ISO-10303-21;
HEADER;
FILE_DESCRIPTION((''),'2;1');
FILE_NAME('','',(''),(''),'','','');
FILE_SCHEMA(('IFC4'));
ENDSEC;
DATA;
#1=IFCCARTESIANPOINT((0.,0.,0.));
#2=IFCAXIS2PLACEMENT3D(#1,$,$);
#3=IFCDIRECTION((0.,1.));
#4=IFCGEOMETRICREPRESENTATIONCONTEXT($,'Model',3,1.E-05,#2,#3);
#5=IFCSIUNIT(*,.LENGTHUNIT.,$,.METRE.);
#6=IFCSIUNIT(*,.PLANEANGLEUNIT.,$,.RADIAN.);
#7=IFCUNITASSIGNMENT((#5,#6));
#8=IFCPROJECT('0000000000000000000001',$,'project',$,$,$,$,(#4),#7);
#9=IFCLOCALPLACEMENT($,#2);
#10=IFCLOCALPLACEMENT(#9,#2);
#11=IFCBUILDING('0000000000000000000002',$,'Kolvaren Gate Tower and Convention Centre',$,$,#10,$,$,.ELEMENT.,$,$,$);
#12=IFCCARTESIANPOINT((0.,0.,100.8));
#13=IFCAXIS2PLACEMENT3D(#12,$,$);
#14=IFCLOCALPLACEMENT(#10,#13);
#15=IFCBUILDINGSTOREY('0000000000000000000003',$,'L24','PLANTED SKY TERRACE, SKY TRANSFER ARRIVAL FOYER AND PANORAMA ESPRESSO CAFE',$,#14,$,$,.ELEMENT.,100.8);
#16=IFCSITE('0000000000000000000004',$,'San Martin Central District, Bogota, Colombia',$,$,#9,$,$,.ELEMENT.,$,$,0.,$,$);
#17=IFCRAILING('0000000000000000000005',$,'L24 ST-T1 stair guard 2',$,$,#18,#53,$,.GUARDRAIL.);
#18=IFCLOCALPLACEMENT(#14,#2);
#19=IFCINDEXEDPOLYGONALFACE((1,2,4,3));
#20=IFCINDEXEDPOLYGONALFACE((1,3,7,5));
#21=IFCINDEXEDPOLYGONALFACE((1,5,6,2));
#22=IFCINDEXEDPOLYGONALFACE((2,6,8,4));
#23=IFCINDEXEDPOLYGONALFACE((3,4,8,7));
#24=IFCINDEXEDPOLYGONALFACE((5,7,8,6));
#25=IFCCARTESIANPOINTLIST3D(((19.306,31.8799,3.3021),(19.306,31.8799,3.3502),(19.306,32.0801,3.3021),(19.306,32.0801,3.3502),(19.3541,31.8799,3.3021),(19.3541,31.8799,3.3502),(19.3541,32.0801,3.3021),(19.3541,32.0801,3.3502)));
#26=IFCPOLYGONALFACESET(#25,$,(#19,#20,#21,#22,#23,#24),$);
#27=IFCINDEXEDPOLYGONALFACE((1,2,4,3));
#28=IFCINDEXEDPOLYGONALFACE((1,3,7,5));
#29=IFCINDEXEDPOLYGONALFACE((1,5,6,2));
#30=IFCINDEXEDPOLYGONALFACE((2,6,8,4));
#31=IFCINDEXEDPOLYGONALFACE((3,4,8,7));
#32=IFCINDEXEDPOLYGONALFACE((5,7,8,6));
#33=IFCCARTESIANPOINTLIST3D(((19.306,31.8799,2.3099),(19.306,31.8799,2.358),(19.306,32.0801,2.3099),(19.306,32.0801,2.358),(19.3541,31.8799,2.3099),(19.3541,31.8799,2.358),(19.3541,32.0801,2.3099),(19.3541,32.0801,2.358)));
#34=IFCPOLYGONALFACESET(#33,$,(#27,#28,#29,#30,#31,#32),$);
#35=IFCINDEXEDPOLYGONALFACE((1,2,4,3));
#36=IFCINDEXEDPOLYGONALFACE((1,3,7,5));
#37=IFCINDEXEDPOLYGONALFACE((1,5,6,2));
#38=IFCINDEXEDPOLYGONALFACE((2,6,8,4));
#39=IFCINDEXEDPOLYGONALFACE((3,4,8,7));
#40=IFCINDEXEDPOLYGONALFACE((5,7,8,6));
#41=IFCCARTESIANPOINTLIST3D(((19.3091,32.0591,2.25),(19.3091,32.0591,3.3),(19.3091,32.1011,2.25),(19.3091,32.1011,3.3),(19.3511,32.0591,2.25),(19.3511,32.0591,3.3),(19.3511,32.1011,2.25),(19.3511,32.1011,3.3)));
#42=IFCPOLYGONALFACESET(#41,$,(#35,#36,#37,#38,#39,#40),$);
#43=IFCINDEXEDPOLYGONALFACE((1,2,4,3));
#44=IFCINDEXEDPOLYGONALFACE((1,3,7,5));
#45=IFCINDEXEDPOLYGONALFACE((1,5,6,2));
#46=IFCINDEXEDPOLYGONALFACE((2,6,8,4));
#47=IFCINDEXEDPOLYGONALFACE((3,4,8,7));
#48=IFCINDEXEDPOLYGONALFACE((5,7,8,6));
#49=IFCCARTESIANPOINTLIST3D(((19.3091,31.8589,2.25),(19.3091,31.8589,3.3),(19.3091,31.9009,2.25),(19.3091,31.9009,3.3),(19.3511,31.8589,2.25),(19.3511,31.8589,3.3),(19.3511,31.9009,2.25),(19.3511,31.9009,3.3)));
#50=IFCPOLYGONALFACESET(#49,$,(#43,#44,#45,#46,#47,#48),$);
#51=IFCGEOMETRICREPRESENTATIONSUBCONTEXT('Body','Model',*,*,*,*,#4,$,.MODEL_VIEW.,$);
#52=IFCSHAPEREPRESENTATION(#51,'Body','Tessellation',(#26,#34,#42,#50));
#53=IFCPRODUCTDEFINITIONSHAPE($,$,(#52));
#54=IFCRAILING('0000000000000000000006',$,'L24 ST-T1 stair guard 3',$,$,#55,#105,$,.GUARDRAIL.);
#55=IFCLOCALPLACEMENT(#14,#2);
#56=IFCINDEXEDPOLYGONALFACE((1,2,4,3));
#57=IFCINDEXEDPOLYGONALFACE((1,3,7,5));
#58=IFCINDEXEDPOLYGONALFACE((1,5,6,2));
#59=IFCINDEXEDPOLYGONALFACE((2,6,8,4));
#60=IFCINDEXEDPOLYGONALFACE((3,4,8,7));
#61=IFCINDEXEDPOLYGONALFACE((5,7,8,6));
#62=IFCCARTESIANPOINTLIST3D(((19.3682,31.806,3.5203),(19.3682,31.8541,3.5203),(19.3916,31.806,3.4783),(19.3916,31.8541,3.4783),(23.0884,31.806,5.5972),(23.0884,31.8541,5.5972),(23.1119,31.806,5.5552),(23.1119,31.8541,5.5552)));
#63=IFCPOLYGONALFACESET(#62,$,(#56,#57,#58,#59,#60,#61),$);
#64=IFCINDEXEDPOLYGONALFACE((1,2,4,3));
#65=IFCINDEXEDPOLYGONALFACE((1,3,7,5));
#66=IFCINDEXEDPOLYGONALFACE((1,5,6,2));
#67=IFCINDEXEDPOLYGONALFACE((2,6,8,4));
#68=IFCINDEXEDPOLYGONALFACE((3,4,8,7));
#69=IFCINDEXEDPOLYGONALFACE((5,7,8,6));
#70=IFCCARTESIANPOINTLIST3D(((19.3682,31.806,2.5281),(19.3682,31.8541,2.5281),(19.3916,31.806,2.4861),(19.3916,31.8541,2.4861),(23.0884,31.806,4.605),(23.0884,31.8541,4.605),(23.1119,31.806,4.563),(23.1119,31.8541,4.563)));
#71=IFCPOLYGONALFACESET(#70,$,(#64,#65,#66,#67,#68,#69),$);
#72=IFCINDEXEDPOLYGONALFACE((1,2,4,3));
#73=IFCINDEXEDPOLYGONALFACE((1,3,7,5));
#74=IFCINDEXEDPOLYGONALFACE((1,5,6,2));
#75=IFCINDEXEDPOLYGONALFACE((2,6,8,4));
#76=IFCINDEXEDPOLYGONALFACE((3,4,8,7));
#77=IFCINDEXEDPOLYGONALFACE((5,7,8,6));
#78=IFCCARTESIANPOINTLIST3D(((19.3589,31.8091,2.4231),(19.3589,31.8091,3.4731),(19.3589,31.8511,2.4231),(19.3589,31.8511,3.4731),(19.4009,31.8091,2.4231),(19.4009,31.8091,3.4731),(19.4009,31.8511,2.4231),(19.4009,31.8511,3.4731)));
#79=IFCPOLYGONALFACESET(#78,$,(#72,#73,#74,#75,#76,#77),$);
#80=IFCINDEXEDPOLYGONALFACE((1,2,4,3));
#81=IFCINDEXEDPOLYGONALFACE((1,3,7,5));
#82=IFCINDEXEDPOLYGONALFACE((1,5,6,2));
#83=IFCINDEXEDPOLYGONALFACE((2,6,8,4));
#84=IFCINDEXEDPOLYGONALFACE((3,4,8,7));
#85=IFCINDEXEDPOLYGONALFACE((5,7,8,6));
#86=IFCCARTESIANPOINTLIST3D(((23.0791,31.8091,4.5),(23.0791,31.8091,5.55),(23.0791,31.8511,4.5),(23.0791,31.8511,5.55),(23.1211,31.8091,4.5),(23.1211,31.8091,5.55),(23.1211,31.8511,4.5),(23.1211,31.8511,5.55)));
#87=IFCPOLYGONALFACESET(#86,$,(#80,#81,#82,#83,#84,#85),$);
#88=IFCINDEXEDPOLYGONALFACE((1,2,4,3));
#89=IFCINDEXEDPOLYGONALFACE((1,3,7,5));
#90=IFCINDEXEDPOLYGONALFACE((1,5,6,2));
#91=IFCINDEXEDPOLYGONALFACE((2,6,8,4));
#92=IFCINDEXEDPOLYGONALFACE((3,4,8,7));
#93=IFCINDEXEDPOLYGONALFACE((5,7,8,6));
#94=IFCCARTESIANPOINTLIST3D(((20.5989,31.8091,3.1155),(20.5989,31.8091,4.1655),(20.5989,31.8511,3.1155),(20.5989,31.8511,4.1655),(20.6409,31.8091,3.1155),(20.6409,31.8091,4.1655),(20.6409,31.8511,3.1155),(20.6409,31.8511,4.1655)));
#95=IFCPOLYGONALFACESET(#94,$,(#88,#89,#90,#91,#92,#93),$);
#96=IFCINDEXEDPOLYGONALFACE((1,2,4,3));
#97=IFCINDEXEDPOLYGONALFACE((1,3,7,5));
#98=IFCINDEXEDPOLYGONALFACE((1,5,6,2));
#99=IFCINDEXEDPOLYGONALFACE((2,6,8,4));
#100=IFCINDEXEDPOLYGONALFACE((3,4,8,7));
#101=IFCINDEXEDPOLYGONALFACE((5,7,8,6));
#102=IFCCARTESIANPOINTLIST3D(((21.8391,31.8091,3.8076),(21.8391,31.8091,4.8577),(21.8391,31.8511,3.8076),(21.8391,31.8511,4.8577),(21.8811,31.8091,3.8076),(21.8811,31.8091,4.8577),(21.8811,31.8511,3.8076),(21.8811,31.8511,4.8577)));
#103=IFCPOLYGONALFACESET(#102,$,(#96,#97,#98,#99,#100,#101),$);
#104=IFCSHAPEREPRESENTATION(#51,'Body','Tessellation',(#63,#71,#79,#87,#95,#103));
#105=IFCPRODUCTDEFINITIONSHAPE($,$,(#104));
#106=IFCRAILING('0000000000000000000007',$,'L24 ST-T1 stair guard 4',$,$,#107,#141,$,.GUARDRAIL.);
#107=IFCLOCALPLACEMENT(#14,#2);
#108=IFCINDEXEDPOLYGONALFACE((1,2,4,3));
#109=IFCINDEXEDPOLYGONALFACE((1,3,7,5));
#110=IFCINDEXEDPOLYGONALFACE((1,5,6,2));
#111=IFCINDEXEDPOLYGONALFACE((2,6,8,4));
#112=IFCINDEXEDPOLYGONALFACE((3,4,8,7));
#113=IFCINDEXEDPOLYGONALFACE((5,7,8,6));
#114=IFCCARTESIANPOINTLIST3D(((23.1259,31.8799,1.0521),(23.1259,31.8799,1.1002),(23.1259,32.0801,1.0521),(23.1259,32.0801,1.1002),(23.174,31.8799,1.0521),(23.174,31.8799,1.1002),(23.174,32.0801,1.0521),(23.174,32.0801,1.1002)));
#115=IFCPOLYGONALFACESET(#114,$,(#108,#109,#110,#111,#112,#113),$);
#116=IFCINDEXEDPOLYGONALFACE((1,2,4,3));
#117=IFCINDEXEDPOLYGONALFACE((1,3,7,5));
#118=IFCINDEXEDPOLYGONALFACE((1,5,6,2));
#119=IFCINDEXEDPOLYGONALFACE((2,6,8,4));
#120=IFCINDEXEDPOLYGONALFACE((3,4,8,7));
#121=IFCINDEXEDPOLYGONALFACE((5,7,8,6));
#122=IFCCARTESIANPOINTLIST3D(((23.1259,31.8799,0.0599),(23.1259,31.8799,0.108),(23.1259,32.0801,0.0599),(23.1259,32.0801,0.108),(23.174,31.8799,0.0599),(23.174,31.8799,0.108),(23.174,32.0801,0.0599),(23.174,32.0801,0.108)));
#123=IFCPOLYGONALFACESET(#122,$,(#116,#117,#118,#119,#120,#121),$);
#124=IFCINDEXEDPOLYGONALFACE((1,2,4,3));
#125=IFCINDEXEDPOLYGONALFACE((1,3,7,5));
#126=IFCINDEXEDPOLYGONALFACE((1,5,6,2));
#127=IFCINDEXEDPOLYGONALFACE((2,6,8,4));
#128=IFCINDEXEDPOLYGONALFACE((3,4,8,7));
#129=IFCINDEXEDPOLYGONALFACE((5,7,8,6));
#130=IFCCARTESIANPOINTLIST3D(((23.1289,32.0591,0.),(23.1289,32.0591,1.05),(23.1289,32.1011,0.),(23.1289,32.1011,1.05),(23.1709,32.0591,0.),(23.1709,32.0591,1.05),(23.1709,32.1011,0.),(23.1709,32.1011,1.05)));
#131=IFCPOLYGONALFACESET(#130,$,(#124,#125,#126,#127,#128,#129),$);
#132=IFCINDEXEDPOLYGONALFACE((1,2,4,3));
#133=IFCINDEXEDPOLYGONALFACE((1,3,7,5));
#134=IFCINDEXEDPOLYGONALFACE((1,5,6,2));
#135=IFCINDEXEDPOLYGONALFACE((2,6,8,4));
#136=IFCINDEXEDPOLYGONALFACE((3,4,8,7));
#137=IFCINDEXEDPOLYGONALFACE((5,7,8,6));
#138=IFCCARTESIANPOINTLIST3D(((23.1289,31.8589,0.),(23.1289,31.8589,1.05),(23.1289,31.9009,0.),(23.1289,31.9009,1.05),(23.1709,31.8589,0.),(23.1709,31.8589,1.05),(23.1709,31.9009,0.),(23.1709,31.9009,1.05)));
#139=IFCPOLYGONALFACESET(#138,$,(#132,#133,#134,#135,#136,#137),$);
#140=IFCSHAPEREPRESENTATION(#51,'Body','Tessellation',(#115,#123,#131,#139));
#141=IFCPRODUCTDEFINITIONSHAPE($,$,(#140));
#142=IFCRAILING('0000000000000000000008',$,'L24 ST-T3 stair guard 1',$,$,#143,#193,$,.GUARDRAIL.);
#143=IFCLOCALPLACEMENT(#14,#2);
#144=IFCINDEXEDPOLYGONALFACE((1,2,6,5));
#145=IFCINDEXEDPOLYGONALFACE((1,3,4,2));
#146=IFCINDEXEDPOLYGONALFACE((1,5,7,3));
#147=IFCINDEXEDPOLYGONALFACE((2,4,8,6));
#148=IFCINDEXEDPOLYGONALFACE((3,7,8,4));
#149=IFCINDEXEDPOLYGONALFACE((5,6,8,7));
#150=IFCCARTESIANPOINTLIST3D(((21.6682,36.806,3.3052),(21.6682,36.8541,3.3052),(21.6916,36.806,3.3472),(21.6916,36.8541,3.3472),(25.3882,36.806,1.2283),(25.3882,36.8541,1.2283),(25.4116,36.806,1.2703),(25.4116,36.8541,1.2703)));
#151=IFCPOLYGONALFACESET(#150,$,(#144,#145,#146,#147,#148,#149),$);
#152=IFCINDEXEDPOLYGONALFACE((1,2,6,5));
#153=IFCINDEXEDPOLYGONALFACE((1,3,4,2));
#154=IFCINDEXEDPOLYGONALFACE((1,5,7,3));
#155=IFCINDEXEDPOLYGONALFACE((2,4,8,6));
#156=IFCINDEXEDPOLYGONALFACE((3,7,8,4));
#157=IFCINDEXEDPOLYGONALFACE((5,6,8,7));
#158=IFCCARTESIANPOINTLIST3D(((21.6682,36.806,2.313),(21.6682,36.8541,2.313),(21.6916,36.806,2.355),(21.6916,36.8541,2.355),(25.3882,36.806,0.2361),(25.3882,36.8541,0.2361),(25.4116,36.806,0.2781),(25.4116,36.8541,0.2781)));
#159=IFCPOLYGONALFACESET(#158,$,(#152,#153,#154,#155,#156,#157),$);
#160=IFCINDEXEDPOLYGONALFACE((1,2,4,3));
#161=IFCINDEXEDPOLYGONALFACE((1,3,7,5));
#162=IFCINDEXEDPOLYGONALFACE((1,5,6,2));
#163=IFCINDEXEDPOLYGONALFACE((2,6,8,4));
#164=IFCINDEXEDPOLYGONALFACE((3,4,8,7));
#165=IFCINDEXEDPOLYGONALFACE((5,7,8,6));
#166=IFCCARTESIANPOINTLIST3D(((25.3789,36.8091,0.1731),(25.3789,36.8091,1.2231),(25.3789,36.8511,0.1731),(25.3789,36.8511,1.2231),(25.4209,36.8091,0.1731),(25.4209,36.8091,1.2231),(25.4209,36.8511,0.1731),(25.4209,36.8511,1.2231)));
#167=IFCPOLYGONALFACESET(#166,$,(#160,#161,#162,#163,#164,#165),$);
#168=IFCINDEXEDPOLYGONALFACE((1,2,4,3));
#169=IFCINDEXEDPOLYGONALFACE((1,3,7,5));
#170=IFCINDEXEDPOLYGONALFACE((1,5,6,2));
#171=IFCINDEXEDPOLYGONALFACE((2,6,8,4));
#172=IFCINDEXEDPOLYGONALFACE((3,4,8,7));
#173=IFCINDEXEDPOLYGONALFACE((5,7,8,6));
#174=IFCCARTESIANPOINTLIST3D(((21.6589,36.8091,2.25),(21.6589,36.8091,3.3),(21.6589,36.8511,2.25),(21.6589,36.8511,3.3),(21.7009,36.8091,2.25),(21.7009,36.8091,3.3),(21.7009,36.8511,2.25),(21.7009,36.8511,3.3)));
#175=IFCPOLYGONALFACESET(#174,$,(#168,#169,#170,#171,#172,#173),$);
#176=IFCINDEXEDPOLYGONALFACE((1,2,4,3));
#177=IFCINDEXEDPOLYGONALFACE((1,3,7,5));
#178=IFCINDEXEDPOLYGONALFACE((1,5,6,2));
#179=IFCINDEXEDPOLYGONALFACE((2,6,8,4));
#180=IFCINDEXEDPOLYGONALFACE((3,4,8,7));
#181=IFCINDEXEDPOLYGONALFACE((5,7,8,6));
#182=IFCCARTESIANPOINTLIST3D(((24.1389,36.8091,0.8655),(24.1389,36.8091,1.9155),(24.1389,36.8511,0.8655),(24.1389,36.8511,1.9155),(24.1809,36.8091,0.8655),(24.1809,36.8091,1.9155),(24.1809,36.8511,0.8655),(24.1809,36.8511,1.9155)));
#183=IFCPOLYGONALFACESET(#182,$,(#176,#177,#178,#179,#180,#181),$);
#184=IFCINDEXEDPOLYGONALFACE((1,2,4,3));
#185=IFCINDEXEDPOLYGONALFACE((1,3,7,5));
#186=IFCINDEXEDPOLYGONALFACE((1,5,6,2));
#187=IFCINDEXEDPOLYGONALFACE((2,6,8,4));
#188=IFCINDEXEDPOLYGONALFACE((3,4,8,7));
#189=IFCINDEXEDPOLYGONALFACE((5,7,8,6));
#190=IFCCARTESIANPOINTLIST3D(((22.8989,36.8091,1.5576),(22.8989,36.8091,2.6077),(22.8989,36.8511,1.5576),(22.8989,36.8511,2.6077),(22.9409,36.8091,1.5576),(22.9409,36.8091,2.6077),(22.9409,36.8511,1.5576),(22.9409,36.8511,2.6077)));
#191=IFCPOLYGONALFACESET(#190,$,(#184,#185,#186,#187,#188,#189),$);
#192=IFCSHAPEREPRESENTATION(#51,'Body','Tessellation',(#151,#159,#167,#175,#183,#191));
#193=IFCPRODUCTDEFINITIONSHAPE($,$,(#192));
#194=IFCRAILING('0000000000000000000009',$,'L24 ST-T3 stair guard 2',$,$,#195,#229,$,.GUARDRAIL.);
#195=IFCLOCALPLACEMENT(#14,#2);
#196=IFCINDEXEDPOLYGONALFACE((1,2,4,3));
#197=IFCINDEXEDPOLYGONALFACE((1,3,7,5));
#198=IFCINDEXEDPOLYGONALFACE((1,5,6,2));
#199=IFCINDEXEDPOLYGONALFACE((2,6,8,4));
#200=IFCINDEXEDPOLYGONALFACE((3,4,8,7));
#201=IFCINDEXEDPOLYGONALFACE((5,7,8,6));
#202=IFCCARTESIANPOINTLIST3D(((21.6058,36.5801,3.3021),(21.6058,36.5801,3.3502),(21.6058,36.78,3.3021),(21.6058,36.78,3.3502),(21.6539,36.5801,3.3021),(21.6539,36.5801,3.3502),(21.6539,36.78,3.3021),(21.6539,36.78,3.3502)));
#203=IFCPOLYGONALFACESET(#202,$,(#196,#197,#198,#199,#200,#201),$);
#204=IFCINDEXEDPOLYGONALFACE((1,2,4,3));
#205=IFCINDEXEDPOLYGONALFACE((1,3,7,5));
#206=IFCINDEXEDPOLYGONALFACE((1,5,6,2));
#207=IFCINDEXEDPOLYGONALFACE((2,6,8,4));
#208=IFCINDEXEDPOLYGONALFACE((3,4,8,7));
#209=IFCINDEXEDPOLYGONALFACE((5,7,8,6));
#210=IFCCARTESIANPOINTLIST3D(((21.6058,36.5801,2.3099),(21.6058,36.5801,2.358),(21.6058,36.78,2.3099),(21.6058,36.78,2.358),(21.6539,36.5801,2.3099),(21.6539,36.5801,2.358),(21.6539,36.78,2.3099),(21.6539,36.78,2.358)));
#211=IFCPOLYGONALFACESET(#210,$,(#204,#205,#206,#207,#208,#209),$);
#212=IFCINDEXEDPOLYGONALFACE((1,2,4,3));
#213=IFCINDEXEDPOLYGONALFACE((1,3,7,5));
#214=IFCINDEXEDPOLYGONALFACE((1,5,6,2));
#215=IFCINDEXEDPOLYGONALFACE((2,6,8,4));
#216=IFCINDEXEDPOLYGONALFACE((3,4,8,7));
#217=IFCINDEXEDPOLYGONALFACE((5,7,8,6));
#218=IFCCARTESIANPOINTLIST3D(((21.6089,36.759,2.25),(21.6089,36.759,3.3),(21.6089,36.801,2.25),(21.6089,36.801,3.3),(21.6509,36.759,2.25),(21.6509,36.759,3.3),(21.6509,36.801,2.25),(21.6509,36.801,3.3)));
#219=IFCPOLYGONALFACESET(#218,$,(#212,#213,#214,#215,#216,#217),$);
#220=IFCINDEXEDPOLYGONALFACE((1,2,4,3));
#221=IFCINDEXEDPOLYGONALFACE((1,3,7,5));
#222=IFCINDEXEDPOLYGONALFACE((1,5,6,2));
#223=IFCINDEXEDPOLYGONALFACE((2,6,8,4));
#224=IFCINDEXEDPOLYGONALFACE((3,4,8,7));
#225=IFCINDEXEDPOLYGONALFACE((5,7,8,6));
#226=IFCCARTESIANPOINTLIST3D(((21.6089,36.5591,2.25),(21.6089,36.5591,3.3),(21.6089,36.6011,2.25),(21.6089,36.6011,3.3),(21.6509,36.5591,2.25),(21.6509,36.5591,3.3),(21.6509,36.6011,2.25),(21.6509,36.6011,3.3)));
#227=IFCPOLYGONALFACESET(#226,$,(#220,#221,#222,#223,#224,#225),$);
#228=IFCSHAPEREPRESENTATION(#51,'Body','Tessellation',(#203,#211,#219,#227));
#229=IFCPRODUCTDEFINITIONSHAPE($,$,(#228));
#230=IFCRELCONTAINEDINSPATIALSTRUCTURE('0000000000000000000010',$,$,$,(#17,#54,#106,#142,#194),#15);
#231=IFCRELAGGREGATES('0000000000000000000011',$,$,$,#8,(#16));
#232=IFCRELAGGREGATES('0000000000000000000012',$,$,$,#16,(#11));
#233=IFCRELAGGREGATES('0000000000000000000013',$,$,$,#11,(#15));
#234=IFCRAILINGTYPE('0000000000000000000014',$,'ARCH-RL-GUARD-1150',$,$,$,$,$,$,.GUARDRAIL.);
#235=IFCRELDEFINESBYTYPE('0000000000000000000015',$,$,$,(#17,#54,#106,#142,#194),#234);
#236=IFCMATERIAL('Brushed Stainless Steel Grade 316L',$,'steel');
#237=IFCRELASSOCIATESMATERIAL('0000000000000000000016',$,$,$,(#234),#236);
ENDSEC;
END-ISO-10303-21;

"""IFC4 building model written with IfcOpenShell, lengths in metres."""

from ifc_helpers import new_model, si_unit, direction, frame, origin, origin_2d, place, context, subcontext, project, spatial, rectangle, extrude, material, type_object, element, save


model = new_model("IFC4")

# Units and contexts
model_context = context("Model", 3, precision=1e-05, world=origin(), true_north=direction((0.0, 1.0)))
body_context = subcontext(model_context, "Body", "Model", "MODEL_VIEW")
ifc_project = project(units=[si_unit("LENGTHUNIT", "METRE"), si_unit("PLANEANGLEUNIT", "RADIAN")], contexts=[model_context])

# Site, building, storey
site_placement = place(None, origin())
site = spatial("IfcSite", under=ifc_project, at=site_placement, Name="San Martin Central District, Bogota, Colombia", CompositionType="ELEMENT", RefElevation=0.0)
building_placement = place(site_placement, origin())
building = spatial("IfcBuilding", under=site, at=building_placement, Name="Kolvaren Gate Tower and Convention Centre", CompositionType="ELEMENT")
storey_placement = place(building_placement, frame((0.0, 0.0, 100.8)))
storey = spatial("IfcBuildingStorey", under=building, at=storey_placement, Name="L24", Description="PLANTED SKY TERRACE, SKY TRANSFER ARRIVAL FOYER AND PANORAMA ESPRESSO CAFE", CompositionType="ELEMENT", Elevation=100.8)

# Railings
ifc_material_1 = material(Name="Brushed Stainless Steel Grade 316L", Category="steel")
railing_type_1 = type_object("IfcRailingType", Name="ARCH-RL-GUARD-1150", PredefinedType="GUARDRAIL", material=ifc_material_1)
railing_1_placement = place(storey_placement, frame((19.3301, 32.0801, 2.25)))
element("IfcRailing", 1, at=railing_1_placement, inside=storey, type_object=railing_type_1, Name="L24 ST-T1 stair guard 2", PredefinedType="GUARDRAIL", context=body_context, shape_type="SweptSolid", body=[
    extrude(rectangle(XDim=0.0481, YDim=0.0481, at=origin_2d()), frame((0.0, 0.0, 1.0762), z_axis=(0.0, -1.0, 0.0), x_axis=(1.0, 0.0, 0.0)), (0.0, 0.0, 1.0), 0.2002),
    extrude(rectangle(XDim=0.0481, YDim=0.0481, at=origin_2d()), frame((0.0, 0.0, 0.084), z_axis=(0.0, -1.0, 0.0), x_axis=(1.0, 0.0, 0.0)), (0.0, 0.0, 1.0), 0.2002),
    extrude(rectangle(XDim=0.042, YDim=0.042, at=origin_2d()), origin(), (0.0, 0.0, 1.0), 1.05),
    extrude(rectangle(XDim=0.042, YDim=0.042, at=origin_2d()), frame((0.0, -0.2002, 0.0)), (0.0, 0.0, 1.0), 1.05),
])
railing_2_placement = place(storey_placement, frame((19.3799, 31.8301, 2.4231)))
element("IfcRailing", 2, at=railing_2_placement, inside=storey, type_object=railing_type_1, Name="L24 ST-T1 stair guard 3", PredefinedType="GUARDRAIL", context=body_context, shape_type="SweptSolid", body=[
    extrude(rectangle(XDim=0.0481, YDim=0.0481, at=origin_2d()), frame((0.0, 0.0, 1.0762), z_axis=(0.873147, 0.0, 0.487457), x_axis=(0.0, 1.0, 0.0)), (0.0, 0.0, 1.0), 4.2607),
    extrude(rectangle(XDim=0.0481, YDim=0.0481, at=origin_2d()), frame((0.0, 0.0, 0.084), z_axis=(0.873147, 0.0, 0.487457), x_axis=(0.0, 1.0, 0.0)), (0.0, 0.0, 1.0), 4.2607),
    extrude(rectangle(XDim=0.042, YDim=0.042, at=origin_2d()), origin(), (0.0, 0.0, 1.0), 1.05),
    extrude(rectangle(XDim=0.042, YDim=0.042, at=origin_2d()), frame((3.7202, 0.0, 2.0769)), (0.0, 0.0, 1.0), 1.05),
    extrude(rectangle(XDim=0.042, YDim=0.042, at=origin_2d()), frame((1.24, 0.0, 0.6924)), (0.0, 0.0, 1.0), 1.05),
    extrude(rectangle(XDim=0.042, YDim=0.042, at=origin_2d()), frame((2.4802, 0.0, 1.3845)), (0.0, 0.0, 1.0), 1.05),
])
railing_3_placement = place(storey_placement, frame((23.1499, 32.0801, 0.0)))
element("IfcRailing", 3, at=railing_3_placement, inside=storey, type_object=railing_type_1, Name="L24 ST-T1 stair guard 4", PredefinedType="GUARDRAIL", context=body_context, shape_type="SweptSolid", body=[
    extrude(rectangle(XDim=0.0481, YDim=0.0481, at=origin_2d()), frame((0.0, 0.0, 1.0762), z_axis=(0.0, -1.0, 0.0), x_axis=(1.0, 0.0, 0.0)), (0.0, 0.0, 1.0), 0.2002),
    extrude(rectangle(XDim=0.0481, YDim=0.0481, at=origin_2d()), frame((0.0, 0.0, 0.084), z_axis=(0.0, -1.0, 0.0), x_axis=(1.0, 0.0, 0.0)), (0.0, 0.0, 1.0), 0.2002),
    extrude(rectangle(XDim=0.042, YDim=0.042, at=origin_2d()), origin(), (0.0, 0.0, 1.0), 1.05),
    extrude(rectangle(XDim=0.042, YDim=0.042, at=origin_2d()), frame((0.0, -0.2002, 0.0)), (0.0, 0.0, 1.0), 1.05),
])
railing_4_placement = place(storey_placement, frame((25.3999, 36.8301, 0.1731)))
element("IfcRailing", 4, at=railing_4_placement, inside=storey, type_object=railing_type_1, Name="L24 ST-T3 stair guard 1", PredefinedType="GUARDRAIL", context=body_context, shape_type="SweptSolid", body=[
    extrude(rectangle(XDim=0.0481, YDim=0.0481, at=origin_2d()), frame((0.0, 0.0, 1.0762), z_axis=(-0.873134, 0.0, 0.487481), x_axis=(0.0, -1.0, 0.0)), (0.0, 0.0, 1.0), 4.2605),
    extrude(rectangle(XDim=0.0481, YDim=0.0481, at=origin_2d()), frame((0.0, 0.0, 0.084), z_axis=(-0.873134, 0.0, 0.487481), x_axis=(0.0, -1.0, 0.0)), (0.0, 0.0, 1.0), 4.2605),
    extrude(rectangle(XDim=0.042, YDim=0.042, at=origin_2d()), origin(), (0.0, 0.0, 1.0), 1.05),
    extrude(rectangle(XDim=0.042, YDim=0.042, at=origin_2d()), frame((-3.72, 0.0, 2.0769)), (0.0, 0.0, 1.0), 1.05),
    extrude(rectangle(XDim=0.042, YDim=0.042, at=origin_2d()), frame((-1.24, 0.0, 0.6924)), (0.0, 0.0, 1.0), 1.05),
    extrude(rectangle(XDim=0.042, YDim=0.042, at=origin_2d()), frame((-2.48, 0.0, 1.3845)), (0.0, 0.0, 1.0), 1.05),
])
railing_5_placement = place(storey_placement, frame((21.6299, 36.78, 2.25)))
element("IfcRailing", 5, at=railing_5_placement, inside=storey, type_object=railing_type_1, Name="L24 ST-T3 stair guard 2", PredefinedType="GUARDRAIL", context=body_context, shape_type="SweptSolid", body=[
    extrude(rectangle(XDim=0.0481, YDim=0.0481, at=origin_2d()), frame((0.0, 0.0, 1.0762), z_axis=(0.0, -1.0, 0.0), x_axis=(1.0, 0.0, 0.0)), (0.0, 0.0, 1.0), 0.2),
    extrude(rectangle(XDim=0.0481, YDim=0.0481, at=origin_2d()), frame((0.0, 0.0, 0.084), z_axis=(0.0, -1.0, 0.0), x_axis=(1.0, 0.0, 0.0)), (0.0, 0.0, 1.0), 0.2),
    extrude(rectangle(XDim=0.042, YDim=0.042, at=origin_2d()), origin(), (0.0, 0.0, 1.0), 1.05),
    extrude(rectangle(XDim=0.042, YDim=0.042, at=origin_2d()), frame((0.0, -0.2, 0.0)), (0.0, 0.0, 1.0), 1.05),
])

save(model, "model.ifc")
